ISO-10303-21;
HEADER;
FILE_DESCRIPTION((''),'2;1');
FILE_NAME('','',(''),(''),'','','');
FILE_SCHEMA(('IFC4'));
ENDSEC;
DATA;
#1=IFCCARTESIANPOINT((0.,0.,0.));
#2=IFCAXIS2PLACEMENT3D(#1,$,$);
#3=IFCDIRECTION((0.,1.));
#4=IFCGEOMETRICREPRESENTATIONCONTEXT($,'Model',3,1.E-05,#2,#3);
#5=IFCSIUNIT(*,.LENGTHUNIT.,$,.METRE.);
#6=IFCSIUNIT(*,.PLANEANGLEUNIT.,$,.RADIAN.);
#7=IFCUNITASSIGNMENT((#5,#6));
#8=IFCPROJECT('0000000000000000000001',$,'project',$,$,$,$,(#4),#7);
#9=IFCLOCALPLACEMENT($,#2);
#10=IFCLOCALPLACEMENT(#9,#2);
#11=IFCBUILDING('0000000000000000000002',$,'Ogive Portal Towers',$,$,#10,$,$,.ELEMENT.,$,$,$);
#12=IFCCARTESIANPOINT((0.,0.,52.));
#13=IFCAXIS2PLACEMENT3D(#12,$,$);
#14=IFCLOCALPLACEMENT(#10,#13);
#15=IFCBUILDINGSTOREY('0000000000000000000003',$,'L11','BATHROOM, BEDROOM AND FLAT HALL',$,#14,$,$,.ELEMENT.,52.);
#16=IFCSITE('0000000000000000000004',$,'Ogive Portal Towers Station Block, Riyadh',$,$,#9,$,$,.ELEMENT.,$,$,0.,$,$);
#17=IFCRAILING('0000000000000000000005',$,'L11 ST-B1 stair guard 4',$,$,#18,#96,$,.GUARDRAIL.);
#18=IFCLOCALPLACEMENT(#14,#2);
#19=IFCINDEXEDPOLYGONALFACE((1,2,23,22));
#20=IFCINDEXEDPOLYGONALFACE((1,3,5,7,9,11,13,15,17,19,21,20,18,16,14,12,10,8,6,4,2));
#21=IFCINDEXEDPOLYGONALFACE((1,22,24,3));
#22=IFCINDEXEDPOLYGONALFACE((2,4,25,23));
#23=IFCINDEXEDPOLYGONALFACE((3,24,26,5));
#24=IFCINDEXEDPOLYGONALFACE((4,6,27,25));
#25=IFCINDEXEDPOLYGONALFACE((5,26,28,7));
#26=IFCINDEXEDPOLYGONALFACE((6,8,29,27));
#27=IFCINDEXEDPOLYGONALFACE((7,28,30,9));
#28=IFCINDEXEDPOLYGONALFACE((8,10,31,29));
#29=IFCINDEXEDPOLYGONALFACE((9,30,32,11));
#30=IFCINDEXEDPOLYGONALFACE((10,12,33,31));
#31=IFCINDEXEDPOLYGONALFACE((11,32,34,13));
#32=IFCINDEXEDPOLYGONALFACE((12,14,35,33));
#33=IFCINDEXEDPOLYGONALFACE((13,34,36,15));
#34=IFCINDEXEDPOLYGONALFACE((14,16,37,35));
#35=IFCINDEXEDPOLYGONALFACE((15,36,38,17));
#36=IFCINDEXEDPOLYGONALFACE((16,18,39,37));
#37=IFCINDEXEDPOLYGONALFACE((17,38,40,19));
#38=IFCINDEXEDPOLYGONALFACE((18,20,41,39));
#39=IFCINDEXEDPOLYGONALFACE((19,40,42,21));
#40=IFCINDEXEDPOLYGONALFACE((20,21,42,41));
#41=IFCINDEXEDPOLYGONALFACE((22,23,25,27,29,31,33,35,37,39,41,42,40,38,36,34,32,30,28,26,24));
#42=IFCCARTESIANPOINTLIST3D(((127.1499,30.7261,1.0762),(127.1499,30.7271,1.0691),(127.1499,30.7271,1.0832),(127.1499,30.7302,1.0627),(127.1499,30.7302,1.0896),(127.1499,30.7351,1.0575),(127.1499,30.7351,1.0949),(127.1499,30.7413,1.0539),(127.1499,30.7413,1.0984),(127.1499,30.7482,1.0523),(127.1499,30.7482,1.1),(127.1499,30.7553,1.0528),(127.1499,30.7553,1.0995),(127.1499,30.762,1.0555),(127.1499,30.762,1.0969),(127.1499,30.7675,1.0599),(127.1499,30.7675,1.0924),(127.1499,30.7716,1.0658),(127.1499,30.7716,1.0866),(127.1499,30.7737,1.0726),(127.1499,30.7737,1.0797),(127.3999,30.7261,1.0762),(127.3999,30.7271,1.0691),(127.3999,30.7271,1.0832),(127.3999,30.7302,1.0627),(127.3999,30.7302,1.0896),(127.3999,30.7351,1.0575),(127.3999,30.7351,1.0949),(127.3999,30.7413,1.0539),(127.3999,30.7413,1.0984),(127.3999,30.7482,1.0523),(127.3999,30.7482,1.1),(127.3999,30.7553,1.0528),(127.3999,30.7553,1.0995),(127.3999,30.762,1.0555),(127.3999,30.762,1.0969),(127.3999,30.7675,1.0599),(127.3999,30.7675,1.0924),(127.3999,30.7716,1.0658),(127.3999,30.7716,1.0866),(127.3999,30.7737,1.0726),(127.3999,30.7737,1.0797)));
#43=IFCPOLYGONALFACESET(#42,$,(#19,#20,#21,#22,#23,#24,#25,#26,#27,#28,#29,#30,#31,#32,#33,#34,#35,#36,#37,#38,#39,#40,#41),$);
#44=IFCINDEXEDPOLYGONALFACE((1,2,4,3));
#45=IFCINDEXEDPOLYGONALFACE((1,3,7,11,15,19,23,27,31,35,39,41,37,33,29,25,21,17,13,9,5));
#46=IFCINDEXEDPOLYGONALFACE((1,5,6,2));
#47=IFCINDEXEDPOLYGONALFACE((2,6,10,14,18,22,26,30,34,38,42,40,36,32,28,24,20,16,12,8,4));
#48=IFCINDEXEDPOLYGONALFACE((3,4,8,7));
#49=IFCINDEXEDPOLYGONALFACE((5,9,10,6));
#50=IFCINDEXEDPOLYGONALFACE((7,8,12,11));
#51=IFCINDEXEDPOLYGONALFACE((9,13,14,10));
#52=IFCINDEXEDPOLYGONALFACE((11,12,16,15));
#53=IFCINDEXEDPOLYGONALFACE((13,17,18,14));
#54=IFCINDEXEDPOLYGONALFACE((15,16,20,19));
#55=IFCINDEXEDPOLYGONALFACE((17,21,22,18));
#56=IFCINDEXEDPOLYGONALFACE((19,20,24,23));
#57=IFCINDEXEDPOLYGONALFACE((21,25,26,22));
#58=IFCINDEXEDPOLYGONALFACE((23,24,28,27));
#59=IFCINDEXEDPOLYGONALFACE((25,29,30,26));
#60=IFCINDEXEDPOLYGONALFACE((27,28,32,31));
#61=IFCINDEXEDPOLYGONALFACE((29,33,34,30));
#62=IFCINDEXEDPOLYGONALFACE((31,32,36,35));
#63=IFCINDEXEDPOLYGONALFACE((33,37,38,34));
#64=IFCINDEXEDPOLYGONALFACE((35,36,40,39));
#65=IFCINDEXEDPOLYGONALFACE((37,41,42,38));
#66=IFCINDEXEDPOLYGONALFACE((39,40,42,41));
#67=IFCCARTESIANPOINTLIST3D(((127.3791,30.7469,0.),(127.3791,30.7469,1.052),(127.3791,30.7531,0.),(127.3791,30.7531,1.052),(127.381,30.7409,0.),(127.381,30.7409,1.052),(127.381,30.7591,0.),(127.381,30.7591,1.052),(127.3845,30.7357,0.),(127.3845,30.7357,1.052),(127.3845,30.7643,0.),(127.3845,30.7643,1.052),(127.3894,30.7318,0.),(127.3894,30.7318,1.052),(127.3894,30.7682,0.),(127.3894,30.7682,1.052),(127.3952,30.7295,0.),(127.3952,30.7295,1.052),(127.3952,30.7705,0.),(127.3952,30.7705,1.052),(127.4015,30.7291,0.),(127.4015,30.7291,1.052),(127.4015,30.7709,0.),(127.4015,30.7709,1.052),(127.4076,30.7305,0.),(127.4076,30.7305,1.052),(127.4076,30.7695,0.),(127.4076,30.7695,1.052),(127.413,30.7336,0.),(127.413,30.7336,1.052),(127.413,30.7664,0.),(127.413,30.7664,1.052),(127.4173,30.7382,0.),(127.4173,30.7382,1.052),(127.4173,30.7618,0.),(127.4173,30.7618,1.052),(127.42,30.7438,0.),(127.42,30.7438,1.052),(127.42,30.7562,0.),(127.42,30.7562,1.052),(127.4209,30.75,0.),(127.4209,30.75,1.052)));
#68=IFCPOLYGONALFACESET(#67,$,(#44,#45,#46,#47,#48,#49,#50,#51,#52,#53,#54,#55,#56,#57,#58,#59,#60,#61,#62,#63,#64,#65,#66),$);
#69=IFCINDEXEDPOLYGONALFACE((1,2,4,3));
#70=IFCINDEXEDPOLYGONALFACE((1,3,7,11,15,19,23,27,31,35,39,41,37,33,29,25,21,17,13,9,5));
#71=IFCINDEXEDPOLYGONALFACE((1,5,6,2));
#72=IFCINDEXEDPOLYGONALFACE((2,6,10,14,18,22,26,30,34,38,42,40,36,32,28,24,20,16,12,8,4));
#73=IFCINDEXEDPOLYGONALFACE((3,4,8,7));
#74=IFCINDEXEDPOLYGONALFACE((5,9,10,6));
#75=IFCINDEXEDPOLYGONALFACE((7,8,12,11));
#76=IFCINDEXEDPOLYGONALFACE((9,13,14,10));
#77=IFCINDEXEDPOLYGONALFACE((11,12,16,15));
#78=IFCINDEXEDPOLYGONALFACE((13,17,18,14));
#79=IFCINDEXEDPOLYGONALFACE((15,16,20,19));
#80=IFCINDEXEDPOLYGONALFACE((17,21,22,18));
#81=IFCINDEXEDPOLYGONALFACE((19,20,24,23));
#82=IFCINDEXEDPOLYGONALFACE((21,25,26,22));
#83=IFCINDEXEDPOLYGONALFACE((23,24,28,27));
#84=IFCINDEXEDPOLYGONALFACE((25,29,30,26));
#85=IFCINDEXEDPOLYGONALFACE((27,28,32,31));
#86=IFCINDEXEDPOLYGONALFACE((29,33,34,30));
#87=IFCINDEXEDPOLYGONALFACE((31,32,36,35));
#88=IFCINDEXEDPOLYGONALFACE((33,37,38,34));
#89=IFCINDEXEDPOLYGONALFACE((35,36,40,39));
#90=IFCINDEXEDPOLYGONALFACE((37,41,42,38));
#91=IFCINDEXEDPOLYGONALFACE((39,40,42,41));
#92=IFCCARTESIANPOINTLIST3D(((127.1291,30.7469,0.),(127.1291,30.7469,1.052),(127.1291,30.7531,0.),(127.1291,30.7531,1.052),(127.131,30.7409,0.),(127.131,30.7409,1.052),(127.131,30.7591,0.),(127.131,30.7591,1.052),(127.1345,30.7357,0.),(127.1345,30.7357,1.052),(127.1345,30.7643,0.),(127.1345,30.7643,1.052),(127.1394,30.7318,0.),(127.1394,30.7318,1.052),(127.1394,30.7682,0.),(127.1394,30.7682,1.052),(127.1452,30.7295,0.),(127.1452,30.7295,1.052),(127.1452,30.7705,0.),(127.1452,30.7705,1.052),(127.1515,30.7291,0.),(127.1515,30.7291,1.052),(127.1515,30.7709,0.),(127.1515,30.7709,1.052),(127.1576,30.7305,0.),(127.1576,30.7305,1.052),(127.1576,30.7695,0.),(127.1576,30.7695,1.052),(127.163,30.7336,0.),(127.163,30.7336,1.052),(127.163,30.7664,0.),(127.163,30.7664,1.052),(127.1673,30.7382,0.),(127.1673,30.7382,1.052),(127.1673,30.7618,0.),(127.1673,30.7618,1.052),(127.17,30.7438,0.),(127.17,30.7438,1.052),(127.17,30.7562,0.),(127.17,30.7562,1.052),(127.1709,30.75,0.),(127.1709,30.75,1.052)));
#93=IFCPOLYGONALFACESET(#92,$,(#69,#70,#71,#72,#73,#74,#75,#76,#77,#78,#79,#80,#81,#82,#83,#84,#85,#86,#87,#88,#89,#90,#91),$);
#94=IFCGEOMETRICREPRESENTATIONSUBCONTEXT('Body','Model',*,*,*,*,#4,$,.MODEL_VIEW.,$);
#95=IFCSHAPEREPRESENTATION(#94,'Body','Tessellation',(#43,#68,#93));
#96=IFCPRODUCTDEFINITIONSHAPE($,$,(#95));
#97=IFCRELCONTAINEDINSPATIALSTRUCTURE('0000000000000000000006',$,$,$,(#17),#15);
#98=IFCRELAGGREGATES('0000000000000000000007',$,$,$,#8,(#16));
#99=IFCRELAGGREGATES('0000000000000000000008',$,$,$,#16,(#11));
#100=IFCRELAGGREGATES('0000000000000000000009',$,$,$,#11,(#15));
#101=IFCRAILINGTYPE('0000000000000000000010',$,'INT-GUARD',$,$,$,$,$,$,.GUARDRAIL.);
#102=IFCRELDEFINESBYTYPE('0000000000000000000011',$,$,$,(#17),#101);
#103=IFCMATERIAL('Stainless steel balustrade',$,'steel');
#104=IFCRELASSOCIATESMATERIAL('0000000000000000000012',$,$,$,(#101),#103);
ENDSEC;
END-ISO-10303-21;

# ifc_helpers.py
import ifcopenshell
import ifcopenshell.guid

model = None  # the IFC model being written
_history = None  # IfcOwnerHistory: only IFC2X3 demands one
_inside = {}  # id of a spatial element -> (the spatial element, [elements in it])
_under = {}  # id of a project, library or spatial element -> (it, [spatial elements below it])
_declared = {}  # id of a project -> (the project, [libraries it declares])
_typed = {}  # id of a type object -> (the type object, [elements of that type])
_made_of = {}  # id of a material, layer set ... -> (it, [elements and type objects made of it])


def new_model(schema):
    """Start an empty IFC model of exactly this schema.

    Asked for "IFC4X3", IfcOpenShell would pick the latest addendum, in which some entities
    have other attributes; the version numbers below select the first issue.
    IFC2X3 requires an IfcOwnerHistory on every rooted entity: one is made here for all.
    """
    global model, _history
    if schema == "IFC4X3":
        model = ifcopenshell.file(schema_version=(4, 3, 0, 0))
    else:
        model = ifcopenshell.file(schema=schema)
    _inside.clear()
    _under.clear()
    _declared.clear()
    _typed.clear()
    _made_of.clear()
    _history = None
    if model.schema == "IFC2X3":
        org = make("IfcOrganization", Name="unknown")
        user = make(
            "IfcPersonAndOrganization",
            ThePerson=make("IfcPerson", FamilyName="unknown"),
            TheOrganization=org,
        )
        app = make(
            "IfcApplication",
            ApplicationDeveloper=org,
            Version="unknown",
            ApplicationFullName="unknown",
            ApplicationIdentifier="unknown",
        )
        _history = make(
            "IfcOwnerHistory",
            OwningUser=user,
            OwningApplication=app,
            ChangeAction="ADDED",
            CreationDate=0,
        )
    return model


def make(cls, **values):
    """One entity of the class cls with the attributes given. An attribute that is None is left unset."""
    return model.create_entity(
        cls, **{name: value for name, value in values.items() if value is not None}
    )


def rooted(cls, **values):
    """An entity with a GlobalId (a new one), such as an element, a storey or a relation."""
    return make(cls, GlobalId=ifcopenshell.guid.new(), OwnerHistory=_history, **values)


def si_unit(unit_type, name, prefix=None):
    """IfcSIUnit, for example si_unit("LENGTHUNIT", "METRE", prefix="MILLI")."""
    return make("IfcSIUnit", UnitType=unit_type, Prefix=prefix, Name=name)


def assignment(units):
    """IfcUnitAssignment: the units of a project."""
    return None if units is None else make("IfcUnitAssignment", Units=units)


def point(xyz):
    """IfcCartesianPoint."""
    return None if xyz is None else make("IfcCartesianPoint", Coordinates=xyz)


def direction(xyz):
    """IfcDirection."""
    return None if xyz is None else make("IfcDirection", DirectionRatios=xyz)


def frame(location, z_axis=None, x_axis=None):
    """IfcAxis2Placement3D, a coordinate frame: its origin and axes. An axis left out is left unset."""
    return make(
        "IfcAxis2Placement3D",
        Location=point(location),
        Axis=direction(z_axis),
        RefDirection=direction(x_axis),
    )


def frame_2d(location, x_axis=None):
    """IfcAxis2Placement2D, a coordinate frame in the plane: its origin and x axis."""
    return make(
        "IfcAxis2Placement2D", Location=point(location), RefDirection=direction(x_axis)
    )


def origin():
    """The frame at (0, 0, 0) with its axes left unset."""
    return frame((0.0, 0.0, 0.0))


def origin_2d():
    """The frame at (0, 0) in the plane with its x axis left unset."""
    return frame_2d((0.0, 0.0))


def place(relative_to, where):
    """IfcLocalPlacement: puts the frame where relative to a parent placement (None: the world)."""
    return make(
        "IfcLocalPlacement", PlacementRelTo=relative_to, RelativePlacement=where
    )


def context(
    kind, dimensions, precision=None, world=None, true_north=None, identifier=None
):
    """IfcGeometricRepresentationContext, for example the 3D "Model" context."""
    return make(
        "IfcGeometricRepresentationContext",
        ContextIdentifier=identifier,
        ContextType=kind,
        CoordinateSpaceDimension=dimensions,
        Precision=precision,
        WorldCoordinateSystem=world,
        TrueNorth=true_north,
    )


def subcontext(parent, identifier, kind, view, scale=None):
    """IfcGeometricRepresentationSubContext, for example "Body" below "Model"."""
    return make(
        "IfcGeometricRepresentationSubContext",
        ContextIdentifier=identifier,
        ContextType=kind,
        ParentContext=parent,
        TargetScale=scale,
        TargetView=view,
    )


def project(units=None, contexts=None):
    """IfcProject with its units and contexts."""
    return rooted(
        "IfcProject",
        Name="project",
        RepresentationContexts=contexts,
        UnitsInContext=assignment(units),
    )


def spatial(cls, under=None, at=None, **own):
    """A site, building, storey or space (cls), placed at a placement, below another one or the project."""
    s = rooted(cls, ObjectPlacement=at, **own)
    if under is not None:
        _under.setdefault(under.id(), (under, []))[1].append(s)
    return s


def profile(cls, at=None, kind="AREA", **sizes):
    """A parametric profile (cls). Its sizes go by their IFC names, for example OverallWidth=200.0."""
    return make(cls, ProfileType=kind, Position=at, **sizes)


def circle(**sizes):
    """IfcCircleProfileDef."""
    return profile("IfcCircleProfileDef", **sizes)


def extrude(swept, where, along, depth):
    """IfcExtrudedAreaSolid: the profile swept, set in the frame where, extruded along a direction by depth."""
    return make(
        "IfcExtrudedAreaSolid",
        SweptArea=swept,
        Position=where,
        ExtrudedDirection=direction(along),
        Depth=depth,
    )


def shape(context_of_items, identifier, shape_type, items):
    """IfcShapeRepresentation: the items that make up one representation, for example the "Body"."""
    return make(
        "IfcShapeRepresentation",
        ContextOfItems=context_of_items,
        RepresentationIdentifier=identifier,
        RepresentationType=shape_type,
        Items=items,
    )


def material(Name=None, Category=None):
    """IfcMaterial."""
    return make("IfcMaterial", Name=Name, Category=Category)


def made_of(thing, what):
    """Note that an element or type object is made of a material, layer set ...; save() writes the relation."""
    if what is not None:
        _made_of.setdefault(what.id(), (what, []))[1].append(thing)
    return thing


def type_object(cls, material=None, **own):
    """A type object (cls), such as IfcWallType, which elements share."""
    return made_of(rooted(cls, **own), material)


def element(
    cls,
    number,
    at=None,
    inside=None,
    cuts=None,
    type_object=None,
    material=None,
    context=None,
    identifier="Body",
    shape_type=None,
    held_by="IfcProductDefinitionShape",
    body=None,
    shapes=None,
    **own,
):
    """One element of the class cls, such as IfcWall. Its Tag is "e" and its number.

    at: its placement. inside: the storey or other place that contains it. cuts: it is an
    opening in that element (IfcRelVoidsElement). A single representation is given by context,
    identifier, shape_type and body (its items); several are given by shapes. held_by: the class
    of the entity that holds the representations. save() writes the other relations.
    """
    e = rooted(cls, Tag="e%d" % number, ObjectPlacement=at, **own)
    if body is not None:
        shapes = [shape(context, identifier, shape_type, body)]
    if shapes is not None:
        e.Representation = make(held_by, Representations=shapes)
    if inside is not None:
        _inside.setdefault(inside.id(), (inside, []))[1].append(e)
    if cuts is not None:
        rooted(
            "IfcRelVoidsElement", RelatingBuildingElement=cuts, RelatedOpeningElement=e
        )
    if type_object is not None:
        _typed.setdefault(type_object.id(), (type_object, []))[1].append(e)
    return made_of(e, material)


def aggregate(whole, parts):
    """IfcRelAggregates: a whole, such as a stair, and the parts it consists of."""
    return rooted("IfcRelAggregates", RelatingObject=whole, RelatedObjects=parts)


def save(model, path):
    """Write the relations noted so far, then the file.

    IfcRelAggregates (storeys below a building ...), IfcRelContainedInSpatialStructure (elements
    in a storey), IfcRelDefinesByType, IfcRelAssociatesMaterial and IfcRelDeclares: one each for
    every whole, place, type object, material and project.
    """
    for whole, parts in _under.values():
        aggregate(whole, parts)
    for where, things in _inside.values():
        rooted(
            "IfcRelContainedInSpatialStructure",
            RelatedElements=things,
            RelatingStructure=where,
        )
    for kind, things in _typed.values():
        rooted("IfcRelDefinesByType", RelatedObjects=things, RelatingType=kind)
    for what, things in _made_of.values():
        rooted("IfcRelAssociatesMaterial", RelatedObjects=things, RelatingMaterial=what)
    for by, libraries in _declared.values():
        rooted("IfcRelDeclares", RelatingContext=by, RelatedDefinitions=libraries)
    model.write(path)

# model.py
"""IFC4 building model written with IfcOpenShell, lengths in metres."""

from ifc_helpers import new_model, si_unit, direction, frame, origin, origin_2d, place, context, subcontext, project, spatial, circle, extrude, material, type_object, element, save


model = new_model("IFC4")

# Units and contexts
model_context = context("Model", 3, precision=1e-05, world=origin(), true_north=direction((0.0, 1.0)))
body_context = subcontext(model_context, "Body", "Model", "MODEL_VIEW")
ifc_project = project(units=[si_unit("LENGTHUNIT", "METRE"), si_unit("PLANEANGLEUNIT", "RADIAN")], contexts=[model_context])

# Site, building, storey
site_placement = place(None, origin())
site = spatial("IfcSite", under=ifc_project, at=site_placement, Name="Ogive Portal Towers Station Block, Riyadh", CompositionType="ELEMENT", RefElevation=0.0)
building_placement = place(site_placement, origin())
building = spatial("IfcBuilding", under=site, at=building_placement, Name="Ogive Portal Towers", CompositionType="ELEMENT")
storey_placement = place(building_placement, frame((0.0, 0.0, 52.0)))
storey = spatial("IfcBuildingStorey", under=building, at=storey_placement, Name="L11", Description="BATHROOM, BEDROOM AND FLAT HALL", CompositionType="ELEMENT", Elevation=52.0)

# Railing
ifc_material_1 = material(Name="Stainless steel balustrade", Category="steel")
railing_type_1 = type_object("IfcRailingType", Name="INT-GUARD", PredefinedType="GUARDRAIL", material=ifc_material_1)
railing_1_placement = place(storey_placement, frame((127.3999, 30.75, 0.0)))
element("IfcRailing", 1, at=railing_1_placement, inside=storey, type_object=railing_type_1, Name="L11 ST-B1 stair guard 4", PredefinedType="GUARDRAIL", context=body_context, shape_type="SweptSolid", body=[
    extrude(circle(Radius=0.0239, at=origin_2d()), frame((0.0, 0.0, 1.0762), z_axis=(-1.0, 0.0, 0.0), x_axis=(0.0, -1.0, 0.0)), (0.0, 0.0, 1.0), 0.25),
    extrude(circle(Radius=0.021, at=origin_2d()), origin(), (0.0, 0.0, 1.0), 1.052),
    extrude(circle(Radius=0.021, at=origin_2d()), frame((-0.25, 0.0, 0.0)), (0.0, 0.0, 1.0), 1.052),
])

save(model, "model.ifc")
